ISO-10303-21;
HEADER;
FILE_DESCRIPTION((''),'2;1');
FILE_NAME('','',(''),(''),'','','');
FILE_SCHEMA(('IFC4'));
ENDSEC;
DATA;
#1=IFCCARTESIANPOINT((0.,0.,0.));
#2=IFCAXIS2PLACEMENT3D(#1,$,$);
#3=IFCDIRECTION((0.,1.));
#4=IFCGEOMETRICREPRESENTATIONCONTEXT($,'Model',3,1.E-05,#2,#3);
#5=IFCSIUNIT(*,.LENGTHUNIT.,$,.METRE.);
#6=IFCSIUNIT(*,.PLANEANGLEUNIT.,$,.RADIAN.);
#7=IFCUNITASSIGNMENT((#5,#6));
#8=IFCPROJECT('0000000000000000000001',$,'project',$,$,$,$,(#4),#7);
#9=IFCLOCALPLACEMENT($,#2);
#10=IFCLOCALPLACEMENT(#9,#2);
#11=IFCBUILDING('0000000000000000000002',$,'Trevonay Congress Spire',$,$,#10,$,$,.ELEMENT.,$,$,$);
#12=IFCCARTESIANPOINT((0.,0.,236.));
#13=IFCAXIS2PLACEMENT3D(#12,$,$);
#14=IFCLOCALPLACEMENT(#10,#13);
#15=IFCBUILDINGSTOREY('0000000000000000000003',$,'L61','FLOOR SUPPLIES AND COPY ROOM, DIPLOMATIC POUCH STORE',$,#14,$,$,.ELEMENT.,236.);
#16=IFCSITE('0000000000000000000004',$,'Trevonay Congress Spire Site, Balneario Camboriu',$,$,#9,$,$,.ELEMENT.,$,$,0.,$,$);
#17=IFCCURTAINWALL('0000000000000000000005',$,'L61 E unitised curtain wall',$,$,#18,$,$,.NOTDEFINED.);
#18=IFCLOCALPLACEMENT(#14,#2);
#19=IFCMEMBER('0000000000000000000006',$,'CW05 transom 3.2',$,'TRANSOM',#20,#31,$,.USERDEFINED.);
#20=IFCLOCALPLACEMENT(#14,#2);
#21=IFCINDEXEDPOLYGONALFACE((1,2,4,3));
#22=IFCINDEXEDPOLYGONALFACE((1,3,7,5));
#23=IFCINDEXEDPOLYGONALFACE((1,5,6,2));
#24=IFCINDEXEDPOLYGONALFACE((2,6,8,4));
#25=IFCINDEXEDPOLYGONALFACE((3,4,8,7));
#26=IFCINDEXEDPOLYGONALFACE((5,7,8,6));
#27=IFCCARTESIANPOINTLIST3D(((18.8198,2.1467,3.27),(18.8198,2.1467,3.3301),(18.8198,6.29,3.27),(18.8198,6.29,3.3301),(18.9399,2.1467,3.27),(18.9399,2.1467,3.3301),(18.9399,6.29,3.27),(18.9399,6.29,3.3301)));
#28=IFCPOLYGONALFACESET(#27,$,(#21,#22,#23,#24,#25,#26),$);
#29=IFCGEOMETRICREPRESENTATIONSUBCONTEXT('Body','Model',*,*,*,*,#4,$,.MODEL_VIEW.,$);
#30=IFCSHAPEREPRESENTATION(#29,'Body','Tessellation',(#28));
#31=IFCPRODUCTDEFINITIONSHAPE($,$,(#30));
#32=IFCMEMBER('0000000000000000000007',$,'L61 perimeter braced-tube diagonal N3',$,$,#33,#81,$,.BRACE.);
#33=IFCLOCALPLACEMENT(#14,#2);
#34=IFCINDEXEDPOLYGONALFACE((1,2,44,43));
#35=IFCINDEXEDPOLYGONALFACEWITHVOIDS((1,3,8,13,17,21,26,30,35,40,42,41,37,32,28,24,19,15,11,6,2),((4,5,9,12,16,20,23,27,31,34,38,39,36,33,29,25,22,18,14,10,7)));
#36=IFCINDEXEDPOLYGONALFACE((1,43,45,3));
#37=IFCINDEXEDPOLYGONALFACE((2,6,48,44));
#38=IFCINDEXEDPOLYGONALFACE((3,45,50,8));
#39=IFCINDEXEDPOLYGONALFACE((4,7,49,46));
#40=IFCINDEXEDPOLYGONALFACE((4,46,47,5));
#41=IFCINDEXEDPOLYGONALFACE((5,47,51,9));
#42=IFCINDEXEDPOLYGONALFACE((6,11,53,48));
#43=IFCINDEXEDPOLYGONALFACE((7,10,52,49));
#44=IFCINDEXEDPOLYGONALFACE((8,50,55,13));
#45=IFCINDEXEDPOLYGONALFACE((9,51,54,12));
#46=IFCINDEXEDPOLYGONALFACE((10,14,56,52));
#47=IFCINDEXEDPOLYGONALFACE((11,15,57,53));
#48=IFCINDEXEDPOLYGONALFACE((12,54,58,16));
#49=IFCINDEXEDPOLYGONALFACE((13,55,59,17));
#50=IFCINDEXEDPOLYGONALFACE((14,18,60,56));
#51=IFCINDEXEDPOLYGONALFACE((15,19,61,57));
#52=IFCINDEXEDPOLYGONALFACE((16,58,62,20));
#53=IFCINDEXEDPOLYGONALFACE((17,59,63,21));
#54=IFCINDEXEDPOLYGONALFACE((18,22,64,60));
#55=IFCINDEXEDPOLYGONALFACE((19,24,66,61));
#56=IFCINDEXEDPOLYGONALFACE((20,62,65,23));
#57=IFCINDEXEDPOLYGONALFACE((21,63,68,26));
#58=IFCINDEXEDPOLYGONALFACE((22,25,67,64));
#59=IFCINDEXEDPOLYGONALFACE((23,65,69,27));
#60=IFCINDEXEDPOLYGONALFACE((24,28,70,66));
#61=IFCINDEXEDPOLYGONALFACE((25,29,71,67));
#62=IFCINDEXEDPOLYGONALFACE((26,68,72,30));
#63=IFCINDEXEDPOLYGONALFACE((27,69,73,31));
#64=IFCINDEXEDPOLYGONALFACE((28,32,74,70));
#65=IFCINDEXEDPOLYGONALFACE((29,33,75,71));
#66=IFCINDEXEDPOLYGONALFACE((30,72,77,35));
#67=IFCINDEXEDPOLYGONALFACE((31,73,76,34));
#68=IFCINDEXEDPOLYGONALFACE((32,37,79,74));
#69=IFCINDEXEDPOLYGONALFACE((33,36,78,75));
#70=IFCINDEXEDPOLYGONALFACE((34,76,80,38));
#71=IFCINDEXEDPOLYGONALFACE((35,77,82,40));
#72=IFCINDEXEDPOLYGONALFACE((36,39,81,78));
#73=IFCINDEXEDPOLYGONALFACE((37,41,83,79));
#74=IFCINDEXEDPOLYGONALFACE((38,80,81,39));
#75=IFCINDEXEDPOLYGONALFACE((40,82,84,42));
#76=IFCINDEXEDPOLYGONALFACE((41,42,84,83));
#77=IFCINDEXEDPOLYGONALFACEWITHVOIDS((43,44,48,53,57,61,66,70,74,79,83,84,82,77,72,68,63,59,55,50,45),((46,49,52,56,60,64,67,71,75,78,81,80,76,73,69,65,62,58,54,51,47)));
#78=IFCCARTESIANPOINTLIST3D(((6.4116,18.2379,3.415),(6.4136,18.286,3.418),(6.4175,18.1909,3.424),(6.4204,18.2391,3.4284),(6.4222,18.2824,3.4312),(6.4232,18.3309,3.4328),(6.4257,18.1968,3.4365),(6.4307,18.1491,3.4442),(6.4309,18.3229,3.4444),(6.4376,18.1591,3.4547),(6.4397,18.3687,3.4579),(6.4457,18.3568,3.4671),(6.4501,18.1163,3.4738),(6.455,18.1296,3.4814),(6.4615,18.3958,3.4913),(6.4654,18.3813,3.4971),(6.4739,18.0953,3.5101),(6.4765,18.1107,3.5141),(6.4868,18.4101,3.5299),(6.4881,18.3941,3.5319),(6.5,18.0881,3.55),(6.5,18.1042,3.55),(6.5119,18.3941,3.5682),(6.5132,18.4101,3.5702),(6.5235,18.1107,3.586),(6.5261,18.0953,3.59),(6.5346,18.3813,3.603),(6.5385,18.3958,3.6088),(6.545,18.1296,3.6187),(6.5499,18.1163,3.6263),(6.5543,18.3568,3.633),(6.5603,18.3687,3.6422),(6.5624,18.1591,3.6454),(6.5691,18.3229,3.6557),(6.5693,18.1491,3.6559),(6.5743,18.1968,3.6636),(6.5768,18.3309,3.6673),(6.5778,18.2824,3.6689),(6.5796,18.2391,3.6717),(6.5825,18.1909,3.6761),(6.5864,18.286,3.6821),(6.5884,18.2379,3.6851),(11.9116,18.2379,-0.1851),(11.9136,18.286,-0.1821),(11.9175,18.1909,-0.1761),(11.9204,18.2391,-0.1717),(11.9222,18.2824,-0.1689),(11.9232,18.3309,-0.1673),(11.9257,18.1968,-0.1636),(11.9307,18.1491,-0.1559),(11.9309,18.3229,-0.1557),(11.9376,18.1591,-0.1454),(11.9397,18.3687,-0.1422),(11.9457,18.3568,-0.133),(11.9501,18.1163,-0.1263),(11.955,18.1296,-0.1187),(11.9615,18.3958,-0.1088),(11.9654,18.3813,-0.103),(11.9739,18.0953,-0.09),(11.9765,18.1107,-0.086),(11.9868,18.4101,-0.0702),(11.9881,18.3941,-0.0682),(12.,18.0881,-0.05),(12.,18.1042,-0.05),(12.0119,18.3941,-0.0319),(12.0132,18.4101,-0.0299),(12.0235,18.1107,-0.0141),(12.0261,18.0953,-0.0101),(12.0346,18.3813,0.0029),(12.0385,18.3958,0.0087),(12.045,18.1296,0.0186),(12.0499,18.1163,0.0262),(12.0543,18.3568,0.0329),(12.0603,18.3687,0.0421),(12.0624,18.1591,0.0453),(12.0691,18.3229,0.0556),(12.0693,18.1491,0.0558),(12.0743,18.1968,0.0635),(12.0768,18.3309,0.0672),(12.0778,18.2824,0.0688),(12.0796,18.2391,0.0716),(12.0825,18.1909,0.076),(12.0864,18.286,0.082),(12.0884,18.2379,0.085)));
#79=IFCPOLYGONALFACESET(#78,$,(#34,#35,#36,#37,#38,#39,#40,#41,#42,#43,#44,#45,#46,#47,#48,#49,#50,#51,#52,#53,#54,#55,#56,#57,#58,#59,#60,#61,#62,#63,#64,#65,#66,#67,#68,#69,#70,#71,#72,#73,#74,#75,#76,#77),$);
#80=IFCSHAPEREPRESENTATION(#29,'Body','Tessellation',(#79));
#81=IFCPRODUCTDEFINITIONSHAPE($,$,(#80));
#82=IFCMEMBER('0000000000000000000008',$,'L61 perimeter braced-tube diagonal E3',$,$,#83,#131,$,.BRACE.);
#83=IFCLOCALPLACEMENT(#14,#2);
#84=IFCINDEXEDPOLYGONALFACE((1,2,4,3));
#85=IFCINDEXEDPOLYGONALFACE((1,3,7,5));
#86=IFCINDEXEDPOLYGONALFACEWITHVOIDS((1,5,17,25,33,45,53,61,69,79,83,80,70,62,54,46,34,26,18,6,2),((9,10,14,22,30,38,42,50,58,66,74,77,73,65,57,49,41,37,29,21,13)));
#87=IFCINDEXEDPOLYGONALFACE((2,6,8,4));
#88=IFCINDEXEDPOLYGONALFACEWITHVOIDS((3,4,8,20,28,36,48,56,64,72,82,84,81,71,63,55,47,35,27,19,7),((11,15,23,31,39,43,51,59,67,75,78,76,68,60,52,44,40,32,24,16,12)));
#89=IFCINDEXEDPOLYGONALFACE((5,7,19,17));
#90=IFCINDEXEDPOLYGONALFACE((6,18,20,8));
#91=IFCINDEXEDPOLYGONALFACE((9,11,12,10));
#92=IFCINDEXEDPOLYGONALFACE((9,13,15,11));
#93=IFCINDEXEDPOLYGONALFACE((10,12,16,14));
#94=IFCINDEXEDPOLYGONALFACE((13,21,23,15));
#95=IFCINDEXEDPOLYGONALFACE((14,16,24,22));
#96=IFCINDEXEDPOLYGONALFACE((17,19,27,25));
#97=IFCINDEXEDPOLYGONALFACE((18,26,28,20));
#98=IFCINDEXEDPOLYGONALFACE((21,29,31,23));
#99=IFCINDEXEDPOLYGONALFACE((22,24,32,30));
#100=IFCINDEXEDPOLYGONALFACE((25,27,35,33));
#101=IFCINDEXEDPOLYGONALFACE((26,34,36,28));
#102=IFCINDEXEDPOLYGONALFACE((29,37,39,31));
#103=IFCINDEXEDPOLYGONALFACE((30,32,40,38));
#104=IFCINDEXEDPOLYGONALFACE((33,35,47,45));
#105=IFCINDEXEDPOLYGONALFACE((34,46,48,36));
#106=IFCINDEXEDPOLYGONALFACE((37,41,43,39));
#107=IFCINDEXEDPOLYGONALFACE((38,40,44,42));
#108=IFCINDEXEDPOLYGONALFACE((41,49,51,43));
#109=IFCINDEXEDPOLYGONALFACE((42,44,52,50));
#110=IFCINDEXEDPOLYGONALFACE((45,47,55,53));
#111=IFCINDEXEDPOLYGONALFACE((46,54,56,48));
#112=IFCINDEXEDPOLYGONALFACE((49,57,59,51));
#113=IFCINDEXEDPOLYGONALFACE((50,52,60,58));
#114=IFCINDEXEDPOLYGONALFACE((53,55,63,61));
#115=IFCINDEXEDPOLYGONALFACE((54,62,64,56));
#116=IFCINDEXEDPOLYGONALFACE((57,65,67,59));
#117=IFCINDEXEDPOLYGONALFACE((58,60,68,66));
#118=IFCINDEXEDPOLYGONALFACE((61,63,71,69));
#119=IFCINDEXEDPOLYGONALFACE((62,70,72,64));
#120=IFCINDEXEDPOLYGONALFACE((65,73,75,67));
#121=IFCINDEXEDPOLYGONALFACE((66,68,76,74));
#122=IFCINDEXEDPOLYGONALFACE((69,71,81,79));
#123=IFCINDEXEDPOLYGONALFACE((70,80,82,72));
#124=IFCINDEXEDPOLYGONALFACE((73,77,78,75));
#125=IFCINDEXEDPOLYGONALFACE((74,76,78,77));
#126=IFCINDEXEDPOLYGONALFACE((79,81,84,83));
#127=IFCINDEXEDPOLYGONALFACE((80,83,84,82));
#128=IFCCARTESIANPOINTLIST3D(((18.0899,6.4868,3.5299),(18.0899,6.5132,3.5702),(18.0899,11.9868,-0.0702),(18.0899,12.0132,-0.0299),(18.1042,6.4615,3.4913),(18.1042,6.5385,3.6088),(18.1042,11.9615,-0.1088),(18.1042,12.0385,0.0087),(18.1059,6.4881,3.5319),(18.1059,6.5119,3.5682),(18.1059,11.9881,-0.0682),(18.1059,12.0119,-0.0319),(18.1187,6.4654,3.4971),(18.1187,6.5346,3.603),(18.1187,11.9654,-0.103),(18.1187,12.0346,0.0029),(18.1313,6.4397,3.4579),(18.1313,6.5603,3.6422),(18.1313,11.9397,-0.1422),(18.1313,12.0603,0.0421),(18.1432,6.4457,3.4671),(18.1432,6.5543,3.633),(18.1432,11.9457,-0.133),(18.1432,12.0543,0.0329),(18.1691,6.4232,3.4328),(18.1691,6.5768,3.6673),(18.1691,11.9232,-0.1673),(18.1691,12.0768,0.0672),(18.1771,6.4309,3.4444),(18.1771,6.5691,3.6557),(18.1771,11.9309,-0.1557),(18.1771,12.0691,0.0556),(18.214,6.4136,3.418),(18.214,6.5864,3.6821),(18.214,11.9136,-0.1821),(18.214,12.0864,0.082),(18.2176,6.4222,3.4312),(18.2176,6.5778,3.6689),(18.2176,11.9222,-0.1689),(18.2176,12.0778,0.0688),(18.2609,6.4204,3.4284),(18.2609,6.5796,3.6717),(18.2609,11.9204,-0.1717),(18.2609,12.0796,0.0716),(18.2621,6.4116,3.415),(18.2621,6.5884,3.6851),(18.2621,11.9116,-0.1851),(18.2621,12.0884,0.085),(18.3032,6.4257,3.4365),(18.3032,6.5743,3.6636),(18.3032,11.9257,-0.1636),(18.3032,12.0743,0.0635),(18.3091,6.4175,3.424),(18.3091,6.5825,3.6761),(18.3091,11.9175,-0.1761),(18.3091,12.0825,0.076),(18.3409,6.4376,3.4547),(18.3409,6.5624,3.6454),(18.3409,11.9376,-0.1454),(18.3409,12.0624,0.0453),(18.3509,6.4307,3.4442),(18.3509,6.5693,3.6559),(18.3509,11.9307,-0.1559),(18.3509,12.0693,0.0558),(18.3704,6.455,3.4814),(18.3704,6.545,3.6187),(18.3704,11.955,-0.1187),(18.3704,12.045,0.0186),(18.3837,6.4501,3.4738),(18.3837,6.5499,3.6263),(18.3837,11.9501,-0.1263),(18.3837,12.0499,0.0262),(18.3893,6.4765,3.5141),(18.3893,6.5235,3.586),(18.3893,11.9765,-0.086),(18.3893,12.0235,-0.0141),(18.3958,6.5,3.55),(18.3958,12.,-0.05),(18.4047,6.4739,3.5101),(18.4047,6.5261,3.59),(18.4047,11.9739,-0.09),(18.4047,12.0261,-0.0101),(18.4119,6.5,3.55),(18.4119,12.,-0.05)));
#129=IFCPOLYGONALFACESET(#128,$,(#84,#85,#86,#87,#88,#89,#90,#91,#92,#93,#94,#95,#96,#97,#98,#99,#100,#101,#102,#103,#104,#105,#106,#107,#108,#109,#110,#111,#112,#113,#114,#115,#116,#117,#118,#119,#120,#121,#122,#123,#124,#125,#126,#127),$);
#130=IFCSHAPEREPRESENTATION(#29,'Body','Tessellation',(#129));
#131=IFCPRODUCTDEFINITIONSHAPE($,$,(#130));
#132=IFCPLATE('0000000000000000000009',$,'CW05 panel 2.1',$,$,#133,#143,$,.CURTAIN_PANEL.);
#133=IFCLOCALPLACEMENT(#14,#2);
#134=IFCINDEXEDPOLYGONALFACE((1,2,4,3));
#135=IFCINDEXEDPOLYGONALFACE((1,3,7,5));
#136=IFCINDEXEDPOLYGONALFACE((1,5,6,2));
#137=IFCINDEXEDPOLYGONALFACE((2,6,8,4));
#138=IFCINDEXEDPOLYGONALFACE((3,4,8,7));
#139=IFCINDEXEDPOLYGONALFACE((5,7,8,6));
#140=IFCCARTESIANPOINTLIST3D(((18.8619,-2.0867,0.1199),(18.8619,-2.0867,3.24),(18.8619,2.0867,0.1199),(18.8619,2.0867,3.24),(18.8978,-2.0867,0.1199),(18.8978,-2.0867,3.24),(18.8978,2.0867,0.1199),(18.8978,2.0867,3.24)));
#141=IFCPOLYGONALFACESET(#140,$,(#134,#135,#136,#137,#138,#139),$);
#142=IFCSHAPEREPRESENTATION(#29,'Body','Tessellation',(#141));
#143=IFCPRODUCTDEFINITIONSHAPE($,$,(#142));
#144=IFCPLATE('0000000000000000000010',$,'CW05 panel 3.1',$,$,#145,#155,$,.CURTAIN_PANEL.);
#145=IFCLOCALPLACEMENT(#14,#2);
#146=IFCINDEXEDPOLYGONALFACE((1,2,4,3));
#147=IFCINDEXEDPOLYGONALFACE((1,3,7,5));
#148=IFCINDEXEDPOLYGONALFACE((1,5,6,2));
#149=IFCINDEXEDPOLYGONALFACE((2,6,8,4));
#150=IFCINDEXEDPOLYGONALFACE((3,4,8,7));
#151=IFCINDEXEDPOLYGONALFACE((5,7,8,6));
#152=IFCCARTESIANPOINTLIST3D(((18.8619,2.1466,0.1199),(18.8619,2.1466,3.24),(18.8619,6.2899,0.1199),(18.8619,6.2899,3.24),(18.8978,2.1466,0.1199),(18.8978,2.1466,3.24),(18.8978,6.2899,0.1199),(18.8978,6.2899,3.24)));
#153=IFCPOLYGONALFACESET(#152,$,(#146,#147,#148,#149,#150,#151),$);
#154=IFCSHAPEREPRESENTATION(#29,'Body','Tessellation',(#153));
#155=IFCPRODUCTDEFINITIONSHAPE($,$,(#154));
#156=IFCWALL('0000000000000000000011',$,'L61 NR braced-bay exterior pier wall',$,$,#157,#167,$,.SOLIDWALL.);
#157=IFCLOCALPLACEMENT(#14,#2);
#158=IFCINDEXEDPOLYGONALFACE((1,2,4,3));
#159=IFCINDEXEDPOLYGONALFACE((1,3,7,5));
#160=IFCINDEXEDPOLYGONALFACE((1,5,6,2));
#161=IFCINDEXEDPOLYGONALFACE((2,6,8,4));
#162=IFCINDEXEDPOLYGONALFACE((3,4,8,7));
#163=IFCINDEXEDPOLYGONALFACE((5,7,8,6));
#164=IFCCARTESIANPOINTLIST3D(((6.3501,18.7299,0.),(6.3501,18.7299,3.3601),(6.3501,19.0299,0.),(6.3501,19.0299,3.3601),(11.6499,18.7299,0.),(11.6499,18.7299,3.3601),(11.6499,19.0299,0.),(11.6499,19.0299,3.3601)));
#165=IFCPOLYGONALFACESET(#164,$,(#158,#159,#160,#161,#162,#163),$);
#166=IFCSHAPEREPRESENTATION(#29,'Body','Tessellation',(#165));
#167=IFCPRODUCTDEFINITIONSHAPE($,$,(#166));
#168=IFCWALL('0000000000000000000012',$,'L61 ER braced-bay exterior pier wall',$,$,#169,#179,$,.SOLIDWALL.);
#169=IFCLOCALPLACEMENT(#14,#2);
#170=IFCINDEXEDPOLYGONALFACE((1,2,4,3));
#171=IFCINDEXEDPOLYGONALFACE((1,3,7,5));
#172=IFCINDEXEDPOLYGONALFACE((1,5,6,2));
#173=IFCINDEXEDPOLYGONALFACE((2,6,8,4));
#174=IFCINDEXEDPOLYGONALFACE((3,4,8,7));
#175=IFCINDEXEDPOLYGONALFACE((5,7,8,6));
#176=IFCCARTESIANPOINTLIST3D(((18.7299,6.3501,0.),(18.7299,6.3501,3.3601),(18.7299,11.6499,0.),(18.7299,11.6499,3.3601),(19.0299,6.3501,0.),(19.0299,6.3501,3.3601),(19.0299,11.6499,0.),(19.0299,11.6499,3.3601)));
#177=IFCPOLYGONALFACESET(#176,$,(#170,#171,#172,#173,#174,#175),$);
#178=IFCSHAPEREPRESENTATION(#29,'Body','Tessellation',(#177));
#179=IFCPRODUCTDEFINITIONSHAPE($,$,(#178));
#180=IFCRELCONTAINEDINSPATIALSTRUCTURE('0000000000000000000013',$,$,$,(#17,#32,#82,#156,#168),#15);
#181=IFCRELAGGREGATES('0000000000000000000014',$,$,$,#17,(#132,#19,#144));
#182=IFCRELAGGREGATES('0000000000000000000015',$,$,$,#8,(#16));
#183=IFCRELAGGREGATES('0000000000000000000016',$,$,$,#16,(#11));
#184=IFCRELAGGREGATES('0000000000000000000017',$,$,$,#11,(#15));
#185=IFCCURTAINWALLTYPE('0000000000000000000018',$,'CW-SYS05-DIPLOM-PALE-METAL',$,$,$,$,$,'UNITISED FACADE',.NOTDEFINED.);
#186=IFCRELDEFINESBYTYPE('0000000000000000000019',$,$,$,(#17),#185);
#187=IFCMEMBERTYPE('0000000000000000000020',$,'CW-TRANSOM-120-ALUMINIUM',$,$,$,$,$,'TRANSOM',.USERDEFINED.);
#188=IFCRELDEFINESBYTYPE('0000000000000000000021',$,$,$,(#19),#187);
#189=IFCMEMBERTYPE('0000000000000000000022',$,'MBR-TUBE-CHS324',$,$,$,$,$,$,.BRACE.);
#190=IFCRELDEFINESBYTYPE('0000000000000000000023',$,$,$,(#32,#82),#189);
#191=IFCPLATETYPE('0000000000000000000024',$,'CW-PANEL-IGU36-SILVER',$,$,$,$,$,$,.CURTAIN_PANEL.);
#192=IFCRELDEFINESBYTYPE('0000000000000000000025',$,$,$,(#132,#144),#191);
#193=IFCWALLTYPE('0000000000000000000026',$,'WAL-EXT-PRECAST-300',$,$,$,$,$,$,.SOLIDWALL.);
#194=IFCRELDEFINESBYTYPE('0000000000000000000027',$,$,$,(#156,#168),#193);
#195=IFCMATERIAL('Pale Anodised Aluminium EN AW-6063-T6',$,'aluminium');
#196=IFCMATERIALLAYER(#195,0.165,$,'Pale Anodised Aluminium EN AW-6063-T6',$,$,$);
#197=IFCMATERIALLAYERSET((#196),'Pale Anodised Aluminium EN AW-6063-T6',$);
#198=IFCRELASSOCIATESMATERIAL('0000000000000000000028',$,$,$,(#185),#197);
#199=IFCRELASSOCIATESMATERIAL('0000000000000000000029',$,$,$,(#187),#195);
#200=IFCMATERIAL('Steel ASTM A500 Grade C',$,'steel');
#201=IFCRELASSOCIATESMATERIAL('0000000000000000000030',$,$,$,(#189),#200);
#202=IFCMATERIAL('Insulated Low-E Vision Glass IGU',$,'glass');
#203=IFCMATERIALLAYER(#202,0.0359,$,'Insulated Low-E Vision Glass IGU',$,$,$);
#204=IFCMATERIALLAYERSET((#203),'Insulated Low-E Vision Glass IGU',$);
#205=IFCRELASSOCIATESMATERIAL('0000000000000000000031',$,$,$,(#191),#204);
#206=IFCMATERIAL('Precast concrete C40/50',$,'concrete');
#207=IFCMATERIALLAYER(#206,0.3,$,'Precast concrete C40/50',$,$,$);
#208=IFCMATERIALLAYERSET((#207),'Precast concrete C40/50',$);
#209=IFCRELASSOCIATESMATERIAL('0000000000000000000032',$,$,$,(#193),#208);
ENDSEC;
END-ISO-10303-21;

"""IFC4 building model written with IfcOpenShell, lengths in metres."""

from ifc_helpers import new_model, si_unit, direction, frame, frame_2d, origin, origin_2d, place, context, subcontext, project, spatial, rectangle, hollow_circle, extrude, material, layer, layer_set, material_profile, profile_set, type_object, element, aggregate, save


model = new_model("IFC4")

# Units and contexts
model_context = context("Model", 3, precision=1e-05, world=origin(), true_north=direction((0.0, 1.0)))
body_context = subcontext(model_context, "Body", "Model", "MODEL_VIEW")
ifc_project = project(units=[si_unit("LENGTHUNIT", "METRE"), si_unit("PLANEANGLEUNIT", "RADIAN")], contexts=[model_context])

# Site, building, storey
site_placement = place(None, origin())
site = spatial("IfcSite", under=ifc_project, at=site_placement, Name="Trevonay Congress Spire Site, Balneario Camboriu", CompositionType="ELEMENT", RefElevation=0.0)
building_placement = place(site_placement, origin())
building = spatial("IfcBuilding", under=site, at=building_placement, Name="Trevonay Congress Spire", CompositionType="ELEMENT")
storey_placement = place(building_placement, frame((0.0, 0.0, 236.0)))
storey = spatial("IfcBuildingStorey", under=building, at=storey_placement, Name="L61", Description="FLOOR SUPPLIES AND COPY ROOM, DIPLOMATIC POUCH STORE", CompositionType="ELEMENT", Elevation=236.0)

# Shared definitions
ifc_material_1 = material(Name="Pale Anodised Aluminium EN AW-6063-T6", Category="aluminium")
ifc_layer_1 = layer(ifc_material_1, 0.165, Name="Pale Anodised Aluminium EN AW-6063-T6")
ifc_layer_set_1 = layer_set([ifc_layer_1], Name="Pale Anodised Aluminium EN AW-6063-T6")
curtain_wall_type = type_object("IfcCurtainWallType", Name="CW-SYS05-DIPLOM-PALE-METAL", ElementType="UNITISED FACADE", PredefinedType="NOTDEFINED", material=ifc_layer_set_1)

# Curtain wall, member
curtain_wall_1_placement = place(storey_placement, origin())
curtain_wall_1 = element("IfcCurtainWall", 1, at=curtain_wall_1_placement, inside=storey, type_object=curtain_wall_type, Name="L61 E unitised curtain wall", PredefinedType="NOTDEFINED")
ifc_material_profile_1 = material_profile(ifc_material_1, rectangle(XDim=0.1201, YDim=0.0601, at=origin_2d()), Name="CW-TRANSOM-120-ALUMINIUM")
ifc_profile_set_1 = profile_set([ifc_material_profile_1], Name="Pale Anodised Aluminium EN AW-6063-T6")
member_type_1 = type_object("IfcMemberType", Name="CW-TRANSOM-120-ALUMINIUM", ElementType="TRANSOM", PredefinedType="USERDEFINED", material=ifc_profile_set_1)
member_1_placement = place(storey_placement, frame((18.8799, 2.1467, 3.3), z_axis=(0.0, 1.0, 0.0), x_axis=(-1.0, 0.0, 0.0)))
member_1 = element("IfcMember", 2, at=member_1_placement, type_object=member_type_1, Name="CW05 transom 3.2", ObjectType="TRANSOM", PredefinedType="USERDEFINED", context=body_context, shape_type="SweptSolid", body=[
    extrude(rectangle(XDim=0.1201, YDim=0.0601, at=origin_2d()), origin(), (0.0, 0.0, 1.0), 4.1433),
])

# Members
ifc_material_2 = material(Name="Steel ASTM A500 Grade C", Category="steel")
ifc_material_profile_2 = material_profile(ifc_material_2, hollow_circle(Radius=0.1619, WallThickness=0.0161, at=origin_2d()), Name="CHS 323.9x16")
ifc_profile_set_2 = profile_set([ifc_material_profile_2], Name="Steel ASTM A500 Grade C")
member_type_2 = type_object("IfcMemberType", Name="MBR-TUBE-CHS324", PredefinedType="BRACE", material=ifc_profile_set_2)
for number, where, z_axis, x_axis, name in (
    (3, (12.0, 18.25, -0.05), (-0.836695, 0.0, 0.54767), (0.0, -1.0, 0.0), "L61 perimeter braced-tube diagonal N3"),
    (4, (18.25, 12.0, -0.05), (0.0, -0.836695, 0.54767), (1.0, 0.0, 0.0), "L61 perimeter braced-tube diagonal E3"),
):
    element("IfcMember", number, at=place(storey_placement, frame(where, z_axis=z_axis, x_axis=x_axis)), inside=storey, type_object=member_type_2, Name=name, PredefinedType="BRACE", context=body_context, shape_type="SweptSolid", body=[
        extrude(hollow_circle(Radius=0.1619, WallThickness=0.0161, at=origin_2d()), origin(), (0.0, 0.0, 1.0), 6.5735),
    ])

# Plates
ifc_material_3 = material(Name="Insulated Low-E Vision Glass IGU", Category="glass")
ifc_layer_2 = layer(ifc_material_3, 0.0359, Name="Insulated Low-E Vision Glass IGU")
ifc_layer_set_2 = layer_set([ifc_layer_2], Name="Insulated Low-E Vision Glass IGU")
plate_type = type_object("IfcPlateType", Name="CW-PANEL-IGU36-SILVER", PredefinedType="CURTAIN_PANEL", material=ifc_layer_set_2)
plate_1_placement = place(storey_placement, frame((18.8799, 0.0, 0.1199), z_axis=(0.0, 0.0, 1.0), x_axis=(0.0, 1.0, 0.0)))
plate_1 = element("IfcPlate", 5, at=plate_1_placement, type_object=plate_type, Name="CW05 panel 2.1", PredefinedType="CURTAIN_PANEL", context=body_context, shape_type="SweptSolid", body=[
    extrude(rectangle(XDim=4.1733, YDim=0.0359, at=origin_2d()), origin(), (0.0, 0.0, 1.0), 3.1201),
])
plate_2_placement = place(storey_placement, frame((18.8799, 4.2183, 0.1199), z_axis=(0.0, 0.0, 1.0), x_axis=(0.0, 1.0, 0.0)))
plate_2 = element("IfcPlate", 6, at=plate_2_placement, type_object=plate_type, Name="CW05 panel 3.1", PredefinedType="CURTAIN_PANEL", context=body_context, shape_type="SweptSolid", body=[
    extrude(rectangle(XDim=4.1433, YDim=0.0359, at=origin_2d()), origin(), (0.0, 0.0, 1.0), 3.1201),
])
aggregate(curtain_wall_1, [plate_1, member_1, plate_2])

# Walls
ifc_material_4 = material(Name="Precast concrete C40/50", Category="concrete")
ifc_layer_3 = layer(ifc_material_4, 0.3, Name="Precast concrete C40/50")
ifc_layer_set_3 = layer_set([ifc_layer_3], Name="Precast concrete C40/50")
wall_type_1 = type_object("IfcWallType", Name="WAL-EXT-PRECAST-300", PredefinedType="SOLIDWALL", material=ifc_layer_set_3)
for number, where, z_axis, x_axis, name in (
    (7, (6.3501, 18.8799, 0.0), (0.0, 0.0, 1.0), (1.0, 0.0, 0.0), "L61 NR braced-bay exterior pier wall"),
    (8, (18.8799, 6.3501, 0.0), (0.0, 0.0, 1.0), (0.0, 1.0, 0.0), "L61 ER braced-bay exterior pier wall"),
):
    element("IfcWall", number, at=place(storey_placement, frame(where, z_axis=z_axis, x_axis=x_axis)), inside=storey, type_object=wall_type_1, Name=name, PredefinedType="SOLIDWALL", context=body_context, shape_type="SweptSolid", body=[
        extrude(rectangle(XDim=5.2998, YDim=0.3, at=frame_2d((2.6499, 0.0))), origin(), (0.0, 0.0, 1.0), 3.3601),
    ])

save(model, "model.ifc")
